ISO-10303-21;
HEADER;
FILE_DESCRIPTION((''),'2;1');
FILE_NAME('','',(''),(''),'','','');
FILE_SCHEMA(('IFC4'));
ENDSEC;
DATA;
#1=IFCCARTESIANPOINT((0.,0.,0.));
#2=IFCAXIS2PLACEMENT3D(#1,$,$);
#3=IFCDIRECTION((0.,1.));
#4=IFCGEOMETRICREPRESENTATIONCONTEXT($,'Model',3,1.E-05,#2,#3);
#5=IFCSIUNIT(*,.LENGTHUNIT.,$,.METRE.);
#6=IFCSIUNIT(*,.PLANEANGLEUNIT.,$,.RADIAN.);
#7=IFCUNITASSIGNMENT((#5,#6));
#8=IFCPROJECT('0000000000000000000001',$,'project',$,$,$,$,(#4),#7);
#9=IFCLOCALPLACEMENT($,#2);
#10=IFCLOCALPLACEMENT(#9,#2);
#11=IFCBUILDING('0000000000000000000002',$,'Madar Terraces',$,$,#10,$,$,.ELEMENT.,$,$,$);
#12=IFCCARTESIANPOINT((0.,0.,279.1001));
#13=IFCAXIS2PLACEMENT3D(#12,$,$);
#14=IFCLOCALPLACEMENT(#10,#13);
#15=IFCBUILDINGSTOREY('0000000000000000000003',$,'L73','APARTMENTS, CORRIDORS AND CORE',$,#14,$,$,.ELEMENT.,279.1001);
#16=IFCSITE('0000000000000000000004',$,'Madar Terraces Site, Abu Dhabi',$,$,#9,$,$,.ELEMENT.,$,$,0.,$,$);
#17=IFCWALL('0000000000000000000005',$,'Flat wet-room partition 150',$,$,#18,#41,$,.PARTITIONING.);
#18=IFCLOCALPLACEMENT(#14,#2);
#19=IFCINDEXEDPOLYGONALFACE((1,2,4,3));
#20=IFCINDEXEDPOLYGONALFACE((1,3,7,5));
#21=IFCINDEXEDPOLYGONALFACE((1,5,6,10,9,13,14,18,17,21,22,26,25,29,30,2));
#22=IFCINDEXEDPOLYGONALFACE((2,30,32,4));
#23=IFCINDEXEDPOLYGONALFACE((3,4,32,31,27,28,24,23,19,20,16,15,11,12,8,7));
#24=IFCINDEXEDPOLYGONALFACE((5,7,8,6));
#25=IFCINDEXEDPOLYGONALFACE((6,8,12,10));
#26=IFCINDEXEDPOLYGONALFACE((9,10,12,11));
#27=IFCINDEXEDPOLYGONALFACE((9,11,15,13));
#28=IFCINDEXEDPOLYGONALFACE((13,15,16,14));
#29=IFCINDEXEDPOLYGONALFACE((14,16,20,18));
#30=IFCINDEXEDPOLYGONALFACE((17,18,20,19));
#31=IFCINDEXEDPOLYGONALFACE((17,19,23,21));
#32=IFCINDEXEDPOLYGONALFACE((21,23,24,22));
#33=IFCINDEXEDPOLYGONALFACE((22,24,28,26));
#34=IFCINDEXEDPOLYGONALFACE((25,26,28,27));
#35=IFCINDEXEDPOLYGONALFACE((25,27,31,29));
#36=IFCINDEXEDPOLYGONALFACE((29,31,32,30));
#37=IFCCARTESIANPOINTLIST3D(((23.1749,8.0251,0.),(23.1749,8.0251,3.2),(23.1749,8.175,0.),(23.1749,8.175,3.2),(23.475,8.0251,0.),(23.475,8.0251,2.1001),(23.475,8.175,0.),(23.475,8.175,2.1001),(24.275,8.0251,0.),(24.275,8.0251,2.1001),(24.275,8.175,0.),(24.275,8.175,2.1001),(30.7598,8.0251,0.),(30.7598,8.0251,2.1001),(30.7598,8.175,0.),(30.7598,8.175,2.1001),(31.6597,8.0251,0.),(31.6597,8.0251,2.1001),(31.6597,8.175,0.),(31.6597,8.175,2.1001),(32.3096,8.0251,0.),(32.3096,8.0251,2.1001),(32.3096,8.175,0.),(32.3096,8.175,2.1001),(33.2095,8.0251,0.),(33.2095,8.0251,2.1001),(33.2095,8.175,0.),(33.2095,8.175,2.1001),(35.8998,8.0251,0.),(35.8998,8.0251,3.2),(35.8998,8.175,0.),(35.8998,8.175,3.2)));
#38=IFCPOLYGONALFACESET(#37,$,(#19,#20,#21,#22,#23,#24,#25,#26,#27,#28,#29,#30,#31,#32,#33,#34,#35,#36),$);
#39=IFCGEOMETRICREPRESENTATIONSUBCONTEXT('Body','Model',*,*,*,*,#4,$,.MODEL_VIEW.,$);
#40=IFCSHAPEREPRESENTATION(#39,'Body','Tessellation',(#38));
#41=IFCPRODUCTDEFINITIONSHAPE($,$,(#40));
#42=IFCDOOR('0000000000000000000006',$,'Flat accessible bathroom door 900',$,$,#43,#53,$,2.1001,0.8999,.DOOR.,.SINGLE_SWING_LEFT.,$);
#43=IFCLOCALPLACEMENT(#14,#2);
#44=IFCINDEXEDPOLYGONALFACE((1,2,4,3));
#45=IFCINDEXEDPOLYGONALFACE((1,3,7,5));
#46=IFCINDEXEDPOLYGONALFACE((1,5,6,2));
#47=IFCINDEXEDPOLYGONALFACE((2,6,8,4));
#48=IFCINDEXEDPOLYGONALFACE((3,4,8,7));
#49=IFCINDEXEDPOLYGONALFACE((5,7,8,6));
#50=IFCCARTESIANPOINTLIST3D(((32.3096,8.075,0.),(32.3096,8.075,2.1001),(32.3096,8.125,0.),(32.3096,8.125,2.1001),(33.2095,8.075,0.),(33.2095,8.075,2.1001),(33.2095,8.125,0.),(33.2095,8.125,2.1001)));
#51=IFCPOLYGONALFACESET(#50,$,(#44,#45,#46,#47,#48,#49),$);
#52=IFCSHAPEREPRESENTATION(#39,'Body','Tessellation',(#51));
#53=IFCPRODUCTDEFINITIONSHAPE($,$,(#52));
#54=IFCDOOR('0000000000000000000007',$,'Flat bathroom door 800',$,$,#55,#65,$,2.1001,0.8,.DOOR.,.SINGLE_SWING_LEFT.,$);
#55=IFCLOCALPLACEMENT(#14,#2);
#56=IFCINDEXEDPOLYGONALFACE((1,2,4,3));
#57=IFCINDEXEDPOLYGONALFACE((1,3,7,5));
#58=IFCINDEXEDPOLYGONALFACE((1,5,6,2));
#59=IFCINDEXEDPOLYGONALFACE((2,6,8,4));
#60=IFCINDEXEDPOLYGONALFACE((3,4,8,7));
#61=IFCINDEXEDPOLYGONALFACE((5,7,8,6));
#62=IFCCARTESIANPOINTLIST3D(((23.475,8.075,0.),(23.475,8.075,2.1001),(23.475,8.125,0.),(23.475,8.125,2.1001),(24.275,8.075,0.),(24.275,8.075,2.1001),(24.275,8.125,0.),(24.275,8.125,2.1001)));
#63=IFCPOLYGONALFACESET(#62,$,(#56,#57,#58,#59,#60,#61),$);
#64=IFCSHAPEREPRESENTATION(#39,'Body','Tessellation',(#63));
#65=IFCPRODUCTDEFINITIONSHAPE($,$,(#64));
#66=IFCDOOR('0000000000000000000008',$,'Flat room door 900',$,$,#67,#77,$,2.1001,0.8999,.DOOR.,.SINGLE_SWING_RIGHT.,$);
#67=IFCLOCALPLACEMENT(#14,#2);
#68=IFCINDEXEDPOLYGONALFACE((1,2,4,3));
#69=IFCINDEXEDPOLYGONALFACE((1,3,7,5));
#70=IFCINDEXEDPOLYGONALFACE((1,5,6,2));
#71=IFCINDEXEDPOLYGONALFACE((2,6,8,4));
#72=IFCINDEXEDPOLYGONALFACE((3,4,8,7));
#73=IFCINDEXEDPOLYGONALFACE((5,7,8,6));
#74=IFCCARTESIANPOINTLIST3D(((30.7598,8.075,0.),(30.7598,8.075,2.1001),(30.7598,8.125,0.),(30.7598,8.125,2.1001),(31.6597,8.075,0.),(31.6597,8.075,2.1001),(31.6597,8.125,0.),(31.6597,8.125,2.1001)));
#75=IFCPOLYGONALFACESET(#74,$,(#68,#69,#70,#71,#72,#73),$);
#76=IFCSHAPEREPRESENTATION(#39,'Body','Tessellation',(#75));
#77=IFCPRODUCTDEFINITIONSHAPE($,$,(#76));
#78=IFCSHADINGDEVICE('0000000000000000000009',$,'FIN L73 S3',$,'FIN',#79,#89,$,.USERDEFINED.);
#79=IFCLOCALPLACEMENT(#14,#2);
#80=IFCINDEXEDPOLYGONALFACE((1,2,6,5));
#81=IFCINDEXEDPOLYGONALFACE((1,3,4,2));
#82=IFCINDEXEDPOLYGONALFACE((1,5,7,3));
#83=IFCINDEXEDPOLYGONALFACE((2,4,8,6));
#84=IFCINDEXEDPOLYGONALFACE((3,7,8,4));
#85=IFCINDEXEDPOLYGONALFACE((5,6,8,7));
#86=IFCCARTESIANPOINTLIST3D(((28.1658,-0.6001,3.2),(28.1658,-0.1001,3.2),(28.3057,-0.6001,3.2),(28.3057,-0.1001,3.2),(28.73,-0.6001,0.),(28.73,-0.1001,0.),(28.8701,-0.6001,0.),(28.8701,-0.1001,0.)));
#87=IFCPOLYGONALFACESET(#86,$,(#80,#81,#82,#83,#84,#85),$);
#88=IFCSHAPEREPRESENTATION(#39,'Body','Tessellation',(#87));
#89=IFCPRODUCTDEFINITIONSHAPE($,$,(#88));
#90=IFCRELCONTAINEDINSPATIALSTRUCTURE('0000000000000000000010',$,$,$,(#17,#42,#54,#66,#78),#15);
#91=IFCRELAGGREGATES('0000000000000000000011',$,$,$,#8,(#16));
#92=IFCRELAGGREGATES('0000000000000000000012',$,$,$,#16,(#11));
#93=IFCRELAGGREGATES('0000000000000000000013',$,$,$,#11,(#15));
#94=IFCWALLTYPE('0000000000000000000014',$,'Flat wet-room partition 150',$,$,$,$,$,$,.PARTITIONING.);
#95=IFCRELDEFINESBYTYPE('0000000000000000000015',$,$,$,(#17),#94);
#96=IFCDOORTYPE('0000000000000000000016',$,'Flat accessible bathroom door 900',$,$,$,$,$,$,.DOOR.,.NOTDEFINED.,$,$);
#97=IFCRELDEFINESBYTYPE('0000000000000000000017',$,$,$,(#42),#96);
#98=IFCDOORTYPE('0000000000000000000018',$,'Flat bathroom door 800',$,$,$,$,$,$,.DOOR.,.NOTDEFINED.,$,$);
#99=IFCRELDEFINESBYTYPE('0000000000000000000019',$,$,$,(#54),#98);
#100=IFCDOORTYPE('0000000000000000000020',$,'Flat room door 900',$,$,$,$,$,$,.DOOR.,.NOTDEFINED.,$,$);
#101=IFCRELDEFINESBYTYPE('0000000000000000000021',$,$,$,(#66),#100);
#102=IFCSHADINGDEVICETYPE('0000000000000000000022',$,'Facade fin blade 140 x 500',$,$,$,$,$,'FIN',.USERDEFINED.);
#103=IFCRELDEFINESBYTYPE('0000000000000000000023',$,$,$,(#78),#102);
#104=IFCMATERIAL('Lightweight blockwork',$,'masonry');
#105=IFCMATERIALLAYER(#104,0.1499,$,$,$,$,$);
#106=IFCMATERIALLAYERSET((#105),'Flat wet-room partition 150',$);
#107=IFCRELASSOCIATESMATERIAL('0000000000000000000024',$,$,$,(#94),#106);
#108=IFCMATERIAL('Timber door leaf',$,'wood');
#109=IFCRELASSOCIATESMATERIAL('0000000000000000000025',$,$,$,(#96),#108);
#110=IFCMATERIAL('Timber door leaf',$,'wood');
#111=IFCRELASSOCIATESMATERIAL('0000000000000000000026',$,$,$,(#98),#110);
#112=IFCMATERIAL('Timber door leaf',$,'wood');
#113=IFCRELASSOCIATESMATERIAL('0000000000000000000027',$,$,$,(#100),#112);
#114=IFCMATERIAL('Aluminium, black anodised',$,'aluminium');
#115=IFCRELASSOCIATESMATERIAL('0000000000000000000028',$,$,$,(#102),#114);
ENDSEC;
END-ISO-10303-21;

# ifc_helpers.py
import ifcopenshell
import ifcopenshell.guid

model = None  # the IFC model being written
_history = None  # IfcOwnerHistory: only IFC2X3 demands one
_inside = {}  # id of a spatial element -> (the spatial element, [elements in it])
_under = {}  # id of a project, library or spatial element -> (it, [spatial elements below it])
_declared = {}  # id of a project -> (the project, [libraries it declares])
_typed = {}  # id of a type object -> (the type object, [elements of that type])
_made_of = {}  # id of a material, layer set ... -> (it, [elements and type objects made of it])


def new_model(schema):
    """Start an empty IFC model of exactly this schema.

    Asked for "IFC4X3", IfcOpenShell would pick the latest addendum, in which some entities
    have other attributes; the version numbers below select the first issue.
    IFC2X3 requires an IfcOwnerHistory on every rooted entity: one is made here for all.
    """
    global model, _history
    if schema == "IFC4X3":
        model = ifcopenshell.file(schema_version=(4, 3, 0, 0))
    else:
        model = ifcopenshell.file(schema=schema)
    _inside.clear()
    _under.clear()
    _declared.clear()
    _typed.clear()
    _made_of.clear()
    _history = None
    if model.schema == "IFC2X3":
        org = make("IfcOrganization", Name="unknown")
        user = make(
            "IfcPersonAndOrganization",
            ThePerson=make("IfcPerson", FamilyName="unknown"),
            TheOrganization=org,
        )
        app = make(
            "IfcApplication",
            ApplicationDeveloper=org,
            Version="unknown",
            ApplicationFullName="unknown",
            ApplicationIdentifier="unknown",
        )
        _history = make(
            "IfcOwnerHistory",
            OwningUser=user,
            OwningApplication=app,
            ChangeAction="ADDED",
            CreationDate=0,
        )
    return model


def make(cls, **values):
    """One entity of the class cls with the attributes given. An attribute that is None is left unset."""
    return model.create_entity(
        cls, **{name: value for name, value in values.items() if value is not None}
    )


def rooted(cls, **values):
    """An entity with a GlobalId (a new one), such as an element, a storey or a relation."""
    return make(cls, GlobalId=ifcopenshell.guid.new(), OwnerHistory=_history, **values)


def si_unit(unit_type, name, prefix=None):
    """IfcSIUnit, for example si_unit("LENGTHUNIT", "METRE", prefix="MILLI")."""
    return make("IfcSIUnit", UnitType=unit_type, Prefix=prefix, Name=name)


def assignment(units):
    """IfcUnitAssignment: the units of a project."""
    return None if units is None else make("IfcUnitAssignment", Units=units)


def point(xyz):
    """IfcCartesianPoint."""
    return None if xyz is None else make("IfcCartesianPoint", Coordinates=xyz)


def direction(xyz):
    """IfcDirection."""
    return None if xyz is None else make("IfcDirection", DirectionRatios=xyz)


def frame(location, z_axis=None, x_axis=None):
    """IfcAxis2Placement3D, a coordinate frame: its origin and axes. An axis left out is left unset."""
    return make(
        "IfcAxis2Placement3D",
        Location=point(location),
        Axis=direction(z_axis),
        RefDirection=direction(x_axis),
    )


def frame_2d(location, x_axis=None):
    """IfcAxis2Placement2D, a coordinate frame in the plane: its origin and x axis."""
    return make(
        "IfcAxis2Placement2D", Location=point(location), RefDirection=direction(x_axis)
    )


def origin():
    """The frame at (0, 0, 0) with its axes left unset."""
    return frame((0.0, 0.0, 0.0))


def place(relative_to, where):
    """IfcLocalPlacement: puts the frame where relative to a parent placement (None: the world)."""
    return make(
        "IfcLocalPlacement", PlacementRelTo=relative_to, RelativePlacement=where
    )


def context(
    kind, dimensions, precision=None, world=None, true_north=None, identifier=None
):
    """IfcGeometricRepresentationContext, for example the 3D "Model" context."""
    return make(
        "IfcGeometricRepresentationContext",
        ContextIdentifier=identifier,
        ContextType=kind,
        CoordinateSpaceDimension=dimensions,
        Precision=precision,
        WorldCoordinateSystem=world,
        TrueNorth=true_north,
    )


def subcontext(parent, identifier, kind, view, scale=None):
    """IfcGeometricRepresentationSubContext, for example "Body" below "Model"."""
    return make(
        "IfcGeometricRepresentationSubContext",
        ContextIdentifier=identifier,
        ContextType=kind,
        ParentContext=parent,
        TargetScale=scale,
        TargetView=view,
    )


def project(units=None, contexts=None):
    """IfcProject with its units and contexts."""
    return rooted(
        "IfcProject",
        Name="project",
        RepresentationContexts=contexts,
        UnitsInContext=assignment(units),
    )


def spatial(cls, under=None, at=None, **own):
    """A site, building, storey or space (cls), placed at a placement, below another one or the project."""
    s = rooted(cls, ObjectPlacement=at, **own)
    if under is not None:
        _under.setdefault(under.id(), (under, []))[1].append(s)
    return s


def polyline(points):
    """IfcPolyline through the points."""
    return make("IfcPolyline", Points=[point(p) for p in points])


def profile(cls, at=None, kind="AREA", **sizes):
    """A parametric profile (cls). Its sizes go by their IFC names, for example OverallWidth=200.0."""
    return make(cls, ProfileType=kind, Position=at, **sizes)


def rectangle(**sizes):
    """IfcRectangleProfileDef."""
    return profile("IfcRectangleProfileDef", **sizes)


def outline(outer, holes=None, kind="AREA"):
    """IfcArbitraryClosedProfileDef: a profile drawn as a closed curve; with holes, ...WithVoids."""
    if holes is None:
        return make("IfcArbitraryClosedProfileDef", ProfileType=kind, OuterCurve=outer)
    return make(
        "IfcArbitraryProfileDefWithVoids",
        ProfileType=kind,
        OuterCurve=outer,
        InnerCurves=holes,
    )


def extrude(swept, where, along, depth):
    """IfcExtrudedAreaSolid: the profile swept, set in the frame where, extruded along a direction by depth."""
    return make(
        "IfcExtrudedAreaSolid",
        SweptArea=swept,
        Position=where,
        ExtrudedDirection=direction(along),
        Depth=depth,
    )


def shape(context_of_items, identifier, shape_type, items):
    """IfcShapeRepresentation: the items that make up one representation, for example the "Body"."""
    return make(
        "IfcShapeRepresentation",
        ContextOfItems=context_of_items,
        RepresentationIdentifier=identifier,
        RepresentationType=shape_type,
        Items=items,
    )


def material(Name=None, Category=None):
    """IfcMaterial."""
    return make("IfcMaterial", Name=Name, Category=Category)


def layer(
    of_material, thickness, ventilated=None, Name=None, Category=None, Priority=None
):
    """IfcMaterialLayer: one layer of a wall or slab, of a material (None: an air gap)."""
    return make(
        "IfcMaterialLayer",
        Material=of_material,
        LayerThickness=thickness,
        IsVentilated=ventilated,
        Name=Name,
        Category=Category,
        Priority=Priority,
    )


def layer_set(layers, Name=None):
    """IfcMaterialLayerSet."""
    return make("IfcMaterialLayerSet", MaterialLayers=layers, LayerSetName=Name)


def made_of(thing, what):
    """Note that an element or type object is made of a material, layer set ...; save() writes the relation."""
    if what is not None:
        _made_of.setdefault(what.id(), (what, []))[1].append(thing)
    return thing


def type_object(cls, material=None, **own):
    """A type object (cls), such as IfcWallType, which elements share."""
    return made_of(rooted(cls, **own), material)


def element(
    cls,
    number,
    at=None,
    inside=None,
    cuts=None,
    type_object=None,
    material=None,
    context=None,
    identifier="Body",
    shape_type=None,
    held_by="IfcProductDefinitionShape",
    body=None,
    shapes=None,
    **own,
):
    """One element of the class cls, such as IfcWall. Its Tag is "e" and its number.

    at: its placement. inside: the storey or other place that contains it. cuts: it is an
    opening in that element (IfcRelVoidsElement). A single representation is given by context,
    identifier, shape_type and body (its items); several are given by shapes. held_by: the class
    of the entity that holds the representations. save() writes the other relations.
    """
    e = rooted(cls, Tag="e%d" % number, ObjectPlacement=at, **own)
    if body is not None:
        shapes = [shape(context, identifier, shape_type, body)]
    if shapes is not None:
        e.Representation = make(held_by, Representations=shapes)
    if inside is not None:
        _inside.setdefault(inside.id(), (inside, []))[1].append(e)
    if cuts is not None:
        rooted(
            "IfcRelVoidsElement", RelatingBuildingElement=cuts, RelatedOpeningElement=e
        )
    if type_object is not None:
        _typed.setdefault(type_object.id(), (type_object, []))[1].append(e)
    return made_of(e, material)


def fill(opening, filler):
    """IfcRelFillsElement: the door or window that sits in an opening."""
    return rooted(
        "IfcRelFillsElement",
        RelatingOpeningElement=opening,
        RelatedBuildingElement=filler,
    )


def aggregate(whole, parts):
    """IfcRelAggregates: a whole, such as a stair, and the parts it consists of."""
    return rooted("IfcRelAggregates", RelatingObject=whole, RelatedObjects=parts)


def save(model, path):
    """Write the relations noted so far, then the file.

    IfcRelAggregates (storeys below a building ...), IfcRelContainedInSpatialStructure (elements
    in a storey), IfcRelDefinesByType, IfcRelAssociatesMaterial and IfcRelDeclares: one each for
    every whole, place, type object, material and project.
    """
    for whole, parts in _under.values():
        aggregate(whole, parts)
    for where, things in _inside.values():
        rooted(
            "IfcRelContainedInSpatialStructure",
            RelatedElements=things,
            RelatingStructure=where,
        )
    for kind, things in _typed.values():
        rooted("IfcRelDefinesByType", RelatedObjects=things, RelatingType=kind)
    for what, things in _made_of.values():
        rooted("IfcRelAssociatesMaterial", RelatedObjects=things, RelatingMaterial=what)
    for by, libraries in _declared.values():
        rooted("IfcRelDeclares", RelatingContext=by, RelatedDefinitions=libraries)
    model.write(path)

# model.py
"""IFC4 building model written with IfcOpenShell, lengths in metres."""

from ifc_helpers import new_model, si_unit, direction, frame, frame_2d, origin, place, context, subcontext, project, spatial, polyline, rectangle, outline, extrude, material, layer, layer_set, type_object, element, fill, save


model = new_model("IFC4")

# Units and contexts
model_context = context("Model", 3, precision=1e-05, world=origin(), true_north=direction((0.0, 1.0)))
body_context = subcontext(model_context, "Body", "Model", "MODEL_VIEW")
ifc_project = project(units=[si_unit("LENGTHUNIT", "METRE"), si_unit("PLANEANGLEUNIT", "RADIAN")], contexts=[model_context])

# Site, building, storey
site_placement = place(None, origin())
site = spatial("IfcSite", under=ifc_project, at=site_placement, Name="Madar Terraces Site, Abu Dhabi", CompositionType="ELEMENT", RefElevation=0.0)
building_placement = place(site_placement, origin())
building = spatial("IfcBuilding", under=site, at=building_placement, Name="Madar Terraces", CompositionType="ELEMENT")
storey_placement = place(building_placement, frame((0.0, 0.0, 279.1001)))
storey = spatial("IfcBuildingStorey", under=building, at=storey_placement, Name="L73", Description="APARTMENTS, CORRIDORS AND CORE", CompositionType="ELEMENT", Elevation=279.1001)

# Wall, openings, doors
ifc_material_1 = material(Name="Lightweight blockwork", Category="masonry")
ifc_layer_1 = layer(ifc_material_1, 0.1499)
ifc_layer_set_1 = layer_set([ifc_layer_1], Name="Flat wet-room partition 150")
wall_type_1 = type_object("IfcWallType", Name="Flat wet-room partition 150", PredefinedType="PARTITIONING", material=ifc_layer_set_1)
wall_1_placement = place(storey_placement, frame((23.175, 8.1001, 0.0), z_axis=(0.0, 0.0, 1.0), x_axis=(1.0, 0.0, 0.0)))
wall_1 = element("IfcWall", 1, at=wall_1_placement, inside=storey, type_object=wall_type_1, Name="Flat wet-room partition 150", PredefinedType="PARTITIONING", context=body_context, shape_type="SweptSolid", body=[
    extrude(rectangle(XDim=12.7249, YDim=0.1499, at=frame_2d((6.3623, 0.0))), origin(), (0.0, 0.0, 1.0), 3.2),
])
opening_1_placement = place(wall_1_placement, frame((0.3, 0.0, 0.0)))
opening_1 = element("IfcOpeningElement", 2, at=opening_1_placement, cuts=wall_1, PredefinedType="OPENING", context=body_context, shape_type="SweptSolid", body=[
    extrude(rectangle(XDim=0.8, YDim=2.1001, at=frame_2d((0.3999, 1.05))), frame((0.0, 0.085, 0.0), z_axis=(0.0, -1.0, 0.0), x_axis=(1.0, 0.0, 0.0)), (0.0, 0.0, 1.0), 0.1699),
])
opening_2_placement = place(wall_1_placement, frame((7.5847, 0.0, 0.0)))
opening_2 = element("IfcOpeningElement", 3, at=opening_2_placement, cuts=wall_1, PredefinedType="OPENING", context=body_context, shape_type="SweptSolid", body=[
    extrude(rectangle(XDim=0.8999, YDim=2.1001, at=frame_2d((0.45, 1.05))), frame((0.0, 0.085, 0.0), z_axis=(0.0, -1.0, 0.0), x_axis=(1.0, 0.0, 0.0)), (0.0, 0.0, 1.0), 0.1699),
])
opening_3_placement = place(wall_1_placement, frame((9.1345, 0.0, 0.0)))
opening_3 = element("IfcOpeningElement", 4, at=opening_3_placement, cuts=wall_1, PredefinedType="OPENING", context=body_context, shape_type="SweptSolid", body=[
    extrude(rectangle(XDim=0.8999, YDim=2.1001, at=frame_2d((0.45, 1.05))), frame((0.0, 0.085, 0.0), z_axis=(0.0, -1.0, 0.0), x_axis=(1.0, 0.0, 0.0)), (0.0, 0.0, 1.0), 0.1699),
])
ifc_material_2 = material(Name="Timber door leaf", Category="wood")
door_type_1 = type_object("IfcDoorType", Name="Flat accessible bathroom door 900", OperationType="NOTDEFINED", PredefinedType="DOOR", material=ifc_material_2)
door_1_placement = place(opening_3_placement, origin())
door_1 = element("IfcDoor", 5, at=door_1_placement, inside=storey, type_object=door_type_1, Name="Flat accessible bathroom door 900", OperationType="SINGLE_SWING_LEFT", OverallHeight=2.1001, OverallWidth=0.8999, PredefinedType="DOOR", context=body_context, shape_type="SweptSolid", body=[
    extrude(rectangle(XDim=0.8999, YDim=2.1001, at=frame_2d((0.45, 1.05))), frame((0.0, 0.0249, 0.0), z_axis=(0.0, -1.0, 0.0), x_axis=(1.0, 0.0, 0.0)), (0.0, 0.0, 1.0), 0.05),
])
fill(opening_3, door_1)
ifc_material_3 = material(Name="Timber door leaf", Category="wood")
door_type_2 = type_object("IfcDoorType", Name="Flat bathroom door 800", OperationType="NOTDEFINED", PredefinedType="DOOR", material=ifc_material_3)
door_2_placement = place(opening_1_placement, origin())
door_2 = element("IfcDoor", 6, at=door_2_placement, inside=storey, type_object=door_type_2, Name="Flat bathroom door 800", OperationType="SINGLE_SWING_LEFT", OverallHeight=2.1001, OverallWidth=0.8, PredefinedType="DOOR", context=body_context, shape_type="SweptSolid", body=[
    extrude(rectangle(XDim=0.8, YDim=2.1001, at=frame_2d((0.3999, 1.05))), frame((0.0, 0.0249, 0.0), z_axis=(0.0, -1.0, 0.0), x_axis=(1.0, 0.0, 0.0)), (0.0, 0.0, 1.0), 0.05),
])
fill(opening_1, door_2)
ifc_material_4 = material(Name="Timber door leaf", Category="wood")
door_type_3 = type_object("IfcDoorType", Name="Flat room door 900", OperationType="NOTDEFINED", PredefinedType="DOOR", material=ifc_material_4)
door_3_placement = place(opening_2_placement, origin())
door_3 = element("IfcDoor", 7, at=door_3_placement, inside=storey, type_object=door_type_3, Name="Flat room door 900", OperationType="SINGLE_SWING_RIGHT", OverallHeight=2.1001, OverallWidth=0.8999, PredefinedType="DOOR", context=body_context, shape_type="SweptSolid", body=[
    extrude(rectangle(XDim=0.8999, YDim=2.1001, at=frame_2d((0.45, 1.05))), frame((0.0, 0.0249, 0.0), z_axis=(0.0, -1.0, 0.0), x_axis=(1.0, 0.0, 0.0)), (0.0, 0.0, 1.0), 0.05),
])
fill(opening_2, door_3)

# Shading device
ifc_material_5 = material(Name="Aluminium, black anodised", Category="aluminium")
shading_device_type = type_object("IfcShadingDeviceType", Name="Facade fin blade 140 x 500", ElementType="FIN", PredefinedType="USERDEFINED", material=ifc_material_5)
shading_device_placement = place(storey_placement, frame((28.73, -0.3501, 0.0), z_axis=(0.0, 0.0, 1.0), x_axis=(1.0, 0.0, 0.0)))
element("IfcShadingDevice", 8, at=shading_device_placement, inside=storey, type_object=shading_device_type, Name="FIN L73 S3", ObjectType="FIN", PredefinedType="USERDEFINED", context=body_context, shape_type="SweptSolid", body=[
    extrude(outline(polyline([(0.0, 0.0), (0.1401, 0.0), (-0.4243, 3.2), (-0.5642, 3.2), (0.0, 0.0)])), frame((0.0, 0.25, 0.0), z_axis=(0.0, -1.0, 0.0), x_axis=(1.0, 0.0, 0.0)), (0.0, 0.0, 1.0), 0.5),
])

save(model, "model.ifc")
